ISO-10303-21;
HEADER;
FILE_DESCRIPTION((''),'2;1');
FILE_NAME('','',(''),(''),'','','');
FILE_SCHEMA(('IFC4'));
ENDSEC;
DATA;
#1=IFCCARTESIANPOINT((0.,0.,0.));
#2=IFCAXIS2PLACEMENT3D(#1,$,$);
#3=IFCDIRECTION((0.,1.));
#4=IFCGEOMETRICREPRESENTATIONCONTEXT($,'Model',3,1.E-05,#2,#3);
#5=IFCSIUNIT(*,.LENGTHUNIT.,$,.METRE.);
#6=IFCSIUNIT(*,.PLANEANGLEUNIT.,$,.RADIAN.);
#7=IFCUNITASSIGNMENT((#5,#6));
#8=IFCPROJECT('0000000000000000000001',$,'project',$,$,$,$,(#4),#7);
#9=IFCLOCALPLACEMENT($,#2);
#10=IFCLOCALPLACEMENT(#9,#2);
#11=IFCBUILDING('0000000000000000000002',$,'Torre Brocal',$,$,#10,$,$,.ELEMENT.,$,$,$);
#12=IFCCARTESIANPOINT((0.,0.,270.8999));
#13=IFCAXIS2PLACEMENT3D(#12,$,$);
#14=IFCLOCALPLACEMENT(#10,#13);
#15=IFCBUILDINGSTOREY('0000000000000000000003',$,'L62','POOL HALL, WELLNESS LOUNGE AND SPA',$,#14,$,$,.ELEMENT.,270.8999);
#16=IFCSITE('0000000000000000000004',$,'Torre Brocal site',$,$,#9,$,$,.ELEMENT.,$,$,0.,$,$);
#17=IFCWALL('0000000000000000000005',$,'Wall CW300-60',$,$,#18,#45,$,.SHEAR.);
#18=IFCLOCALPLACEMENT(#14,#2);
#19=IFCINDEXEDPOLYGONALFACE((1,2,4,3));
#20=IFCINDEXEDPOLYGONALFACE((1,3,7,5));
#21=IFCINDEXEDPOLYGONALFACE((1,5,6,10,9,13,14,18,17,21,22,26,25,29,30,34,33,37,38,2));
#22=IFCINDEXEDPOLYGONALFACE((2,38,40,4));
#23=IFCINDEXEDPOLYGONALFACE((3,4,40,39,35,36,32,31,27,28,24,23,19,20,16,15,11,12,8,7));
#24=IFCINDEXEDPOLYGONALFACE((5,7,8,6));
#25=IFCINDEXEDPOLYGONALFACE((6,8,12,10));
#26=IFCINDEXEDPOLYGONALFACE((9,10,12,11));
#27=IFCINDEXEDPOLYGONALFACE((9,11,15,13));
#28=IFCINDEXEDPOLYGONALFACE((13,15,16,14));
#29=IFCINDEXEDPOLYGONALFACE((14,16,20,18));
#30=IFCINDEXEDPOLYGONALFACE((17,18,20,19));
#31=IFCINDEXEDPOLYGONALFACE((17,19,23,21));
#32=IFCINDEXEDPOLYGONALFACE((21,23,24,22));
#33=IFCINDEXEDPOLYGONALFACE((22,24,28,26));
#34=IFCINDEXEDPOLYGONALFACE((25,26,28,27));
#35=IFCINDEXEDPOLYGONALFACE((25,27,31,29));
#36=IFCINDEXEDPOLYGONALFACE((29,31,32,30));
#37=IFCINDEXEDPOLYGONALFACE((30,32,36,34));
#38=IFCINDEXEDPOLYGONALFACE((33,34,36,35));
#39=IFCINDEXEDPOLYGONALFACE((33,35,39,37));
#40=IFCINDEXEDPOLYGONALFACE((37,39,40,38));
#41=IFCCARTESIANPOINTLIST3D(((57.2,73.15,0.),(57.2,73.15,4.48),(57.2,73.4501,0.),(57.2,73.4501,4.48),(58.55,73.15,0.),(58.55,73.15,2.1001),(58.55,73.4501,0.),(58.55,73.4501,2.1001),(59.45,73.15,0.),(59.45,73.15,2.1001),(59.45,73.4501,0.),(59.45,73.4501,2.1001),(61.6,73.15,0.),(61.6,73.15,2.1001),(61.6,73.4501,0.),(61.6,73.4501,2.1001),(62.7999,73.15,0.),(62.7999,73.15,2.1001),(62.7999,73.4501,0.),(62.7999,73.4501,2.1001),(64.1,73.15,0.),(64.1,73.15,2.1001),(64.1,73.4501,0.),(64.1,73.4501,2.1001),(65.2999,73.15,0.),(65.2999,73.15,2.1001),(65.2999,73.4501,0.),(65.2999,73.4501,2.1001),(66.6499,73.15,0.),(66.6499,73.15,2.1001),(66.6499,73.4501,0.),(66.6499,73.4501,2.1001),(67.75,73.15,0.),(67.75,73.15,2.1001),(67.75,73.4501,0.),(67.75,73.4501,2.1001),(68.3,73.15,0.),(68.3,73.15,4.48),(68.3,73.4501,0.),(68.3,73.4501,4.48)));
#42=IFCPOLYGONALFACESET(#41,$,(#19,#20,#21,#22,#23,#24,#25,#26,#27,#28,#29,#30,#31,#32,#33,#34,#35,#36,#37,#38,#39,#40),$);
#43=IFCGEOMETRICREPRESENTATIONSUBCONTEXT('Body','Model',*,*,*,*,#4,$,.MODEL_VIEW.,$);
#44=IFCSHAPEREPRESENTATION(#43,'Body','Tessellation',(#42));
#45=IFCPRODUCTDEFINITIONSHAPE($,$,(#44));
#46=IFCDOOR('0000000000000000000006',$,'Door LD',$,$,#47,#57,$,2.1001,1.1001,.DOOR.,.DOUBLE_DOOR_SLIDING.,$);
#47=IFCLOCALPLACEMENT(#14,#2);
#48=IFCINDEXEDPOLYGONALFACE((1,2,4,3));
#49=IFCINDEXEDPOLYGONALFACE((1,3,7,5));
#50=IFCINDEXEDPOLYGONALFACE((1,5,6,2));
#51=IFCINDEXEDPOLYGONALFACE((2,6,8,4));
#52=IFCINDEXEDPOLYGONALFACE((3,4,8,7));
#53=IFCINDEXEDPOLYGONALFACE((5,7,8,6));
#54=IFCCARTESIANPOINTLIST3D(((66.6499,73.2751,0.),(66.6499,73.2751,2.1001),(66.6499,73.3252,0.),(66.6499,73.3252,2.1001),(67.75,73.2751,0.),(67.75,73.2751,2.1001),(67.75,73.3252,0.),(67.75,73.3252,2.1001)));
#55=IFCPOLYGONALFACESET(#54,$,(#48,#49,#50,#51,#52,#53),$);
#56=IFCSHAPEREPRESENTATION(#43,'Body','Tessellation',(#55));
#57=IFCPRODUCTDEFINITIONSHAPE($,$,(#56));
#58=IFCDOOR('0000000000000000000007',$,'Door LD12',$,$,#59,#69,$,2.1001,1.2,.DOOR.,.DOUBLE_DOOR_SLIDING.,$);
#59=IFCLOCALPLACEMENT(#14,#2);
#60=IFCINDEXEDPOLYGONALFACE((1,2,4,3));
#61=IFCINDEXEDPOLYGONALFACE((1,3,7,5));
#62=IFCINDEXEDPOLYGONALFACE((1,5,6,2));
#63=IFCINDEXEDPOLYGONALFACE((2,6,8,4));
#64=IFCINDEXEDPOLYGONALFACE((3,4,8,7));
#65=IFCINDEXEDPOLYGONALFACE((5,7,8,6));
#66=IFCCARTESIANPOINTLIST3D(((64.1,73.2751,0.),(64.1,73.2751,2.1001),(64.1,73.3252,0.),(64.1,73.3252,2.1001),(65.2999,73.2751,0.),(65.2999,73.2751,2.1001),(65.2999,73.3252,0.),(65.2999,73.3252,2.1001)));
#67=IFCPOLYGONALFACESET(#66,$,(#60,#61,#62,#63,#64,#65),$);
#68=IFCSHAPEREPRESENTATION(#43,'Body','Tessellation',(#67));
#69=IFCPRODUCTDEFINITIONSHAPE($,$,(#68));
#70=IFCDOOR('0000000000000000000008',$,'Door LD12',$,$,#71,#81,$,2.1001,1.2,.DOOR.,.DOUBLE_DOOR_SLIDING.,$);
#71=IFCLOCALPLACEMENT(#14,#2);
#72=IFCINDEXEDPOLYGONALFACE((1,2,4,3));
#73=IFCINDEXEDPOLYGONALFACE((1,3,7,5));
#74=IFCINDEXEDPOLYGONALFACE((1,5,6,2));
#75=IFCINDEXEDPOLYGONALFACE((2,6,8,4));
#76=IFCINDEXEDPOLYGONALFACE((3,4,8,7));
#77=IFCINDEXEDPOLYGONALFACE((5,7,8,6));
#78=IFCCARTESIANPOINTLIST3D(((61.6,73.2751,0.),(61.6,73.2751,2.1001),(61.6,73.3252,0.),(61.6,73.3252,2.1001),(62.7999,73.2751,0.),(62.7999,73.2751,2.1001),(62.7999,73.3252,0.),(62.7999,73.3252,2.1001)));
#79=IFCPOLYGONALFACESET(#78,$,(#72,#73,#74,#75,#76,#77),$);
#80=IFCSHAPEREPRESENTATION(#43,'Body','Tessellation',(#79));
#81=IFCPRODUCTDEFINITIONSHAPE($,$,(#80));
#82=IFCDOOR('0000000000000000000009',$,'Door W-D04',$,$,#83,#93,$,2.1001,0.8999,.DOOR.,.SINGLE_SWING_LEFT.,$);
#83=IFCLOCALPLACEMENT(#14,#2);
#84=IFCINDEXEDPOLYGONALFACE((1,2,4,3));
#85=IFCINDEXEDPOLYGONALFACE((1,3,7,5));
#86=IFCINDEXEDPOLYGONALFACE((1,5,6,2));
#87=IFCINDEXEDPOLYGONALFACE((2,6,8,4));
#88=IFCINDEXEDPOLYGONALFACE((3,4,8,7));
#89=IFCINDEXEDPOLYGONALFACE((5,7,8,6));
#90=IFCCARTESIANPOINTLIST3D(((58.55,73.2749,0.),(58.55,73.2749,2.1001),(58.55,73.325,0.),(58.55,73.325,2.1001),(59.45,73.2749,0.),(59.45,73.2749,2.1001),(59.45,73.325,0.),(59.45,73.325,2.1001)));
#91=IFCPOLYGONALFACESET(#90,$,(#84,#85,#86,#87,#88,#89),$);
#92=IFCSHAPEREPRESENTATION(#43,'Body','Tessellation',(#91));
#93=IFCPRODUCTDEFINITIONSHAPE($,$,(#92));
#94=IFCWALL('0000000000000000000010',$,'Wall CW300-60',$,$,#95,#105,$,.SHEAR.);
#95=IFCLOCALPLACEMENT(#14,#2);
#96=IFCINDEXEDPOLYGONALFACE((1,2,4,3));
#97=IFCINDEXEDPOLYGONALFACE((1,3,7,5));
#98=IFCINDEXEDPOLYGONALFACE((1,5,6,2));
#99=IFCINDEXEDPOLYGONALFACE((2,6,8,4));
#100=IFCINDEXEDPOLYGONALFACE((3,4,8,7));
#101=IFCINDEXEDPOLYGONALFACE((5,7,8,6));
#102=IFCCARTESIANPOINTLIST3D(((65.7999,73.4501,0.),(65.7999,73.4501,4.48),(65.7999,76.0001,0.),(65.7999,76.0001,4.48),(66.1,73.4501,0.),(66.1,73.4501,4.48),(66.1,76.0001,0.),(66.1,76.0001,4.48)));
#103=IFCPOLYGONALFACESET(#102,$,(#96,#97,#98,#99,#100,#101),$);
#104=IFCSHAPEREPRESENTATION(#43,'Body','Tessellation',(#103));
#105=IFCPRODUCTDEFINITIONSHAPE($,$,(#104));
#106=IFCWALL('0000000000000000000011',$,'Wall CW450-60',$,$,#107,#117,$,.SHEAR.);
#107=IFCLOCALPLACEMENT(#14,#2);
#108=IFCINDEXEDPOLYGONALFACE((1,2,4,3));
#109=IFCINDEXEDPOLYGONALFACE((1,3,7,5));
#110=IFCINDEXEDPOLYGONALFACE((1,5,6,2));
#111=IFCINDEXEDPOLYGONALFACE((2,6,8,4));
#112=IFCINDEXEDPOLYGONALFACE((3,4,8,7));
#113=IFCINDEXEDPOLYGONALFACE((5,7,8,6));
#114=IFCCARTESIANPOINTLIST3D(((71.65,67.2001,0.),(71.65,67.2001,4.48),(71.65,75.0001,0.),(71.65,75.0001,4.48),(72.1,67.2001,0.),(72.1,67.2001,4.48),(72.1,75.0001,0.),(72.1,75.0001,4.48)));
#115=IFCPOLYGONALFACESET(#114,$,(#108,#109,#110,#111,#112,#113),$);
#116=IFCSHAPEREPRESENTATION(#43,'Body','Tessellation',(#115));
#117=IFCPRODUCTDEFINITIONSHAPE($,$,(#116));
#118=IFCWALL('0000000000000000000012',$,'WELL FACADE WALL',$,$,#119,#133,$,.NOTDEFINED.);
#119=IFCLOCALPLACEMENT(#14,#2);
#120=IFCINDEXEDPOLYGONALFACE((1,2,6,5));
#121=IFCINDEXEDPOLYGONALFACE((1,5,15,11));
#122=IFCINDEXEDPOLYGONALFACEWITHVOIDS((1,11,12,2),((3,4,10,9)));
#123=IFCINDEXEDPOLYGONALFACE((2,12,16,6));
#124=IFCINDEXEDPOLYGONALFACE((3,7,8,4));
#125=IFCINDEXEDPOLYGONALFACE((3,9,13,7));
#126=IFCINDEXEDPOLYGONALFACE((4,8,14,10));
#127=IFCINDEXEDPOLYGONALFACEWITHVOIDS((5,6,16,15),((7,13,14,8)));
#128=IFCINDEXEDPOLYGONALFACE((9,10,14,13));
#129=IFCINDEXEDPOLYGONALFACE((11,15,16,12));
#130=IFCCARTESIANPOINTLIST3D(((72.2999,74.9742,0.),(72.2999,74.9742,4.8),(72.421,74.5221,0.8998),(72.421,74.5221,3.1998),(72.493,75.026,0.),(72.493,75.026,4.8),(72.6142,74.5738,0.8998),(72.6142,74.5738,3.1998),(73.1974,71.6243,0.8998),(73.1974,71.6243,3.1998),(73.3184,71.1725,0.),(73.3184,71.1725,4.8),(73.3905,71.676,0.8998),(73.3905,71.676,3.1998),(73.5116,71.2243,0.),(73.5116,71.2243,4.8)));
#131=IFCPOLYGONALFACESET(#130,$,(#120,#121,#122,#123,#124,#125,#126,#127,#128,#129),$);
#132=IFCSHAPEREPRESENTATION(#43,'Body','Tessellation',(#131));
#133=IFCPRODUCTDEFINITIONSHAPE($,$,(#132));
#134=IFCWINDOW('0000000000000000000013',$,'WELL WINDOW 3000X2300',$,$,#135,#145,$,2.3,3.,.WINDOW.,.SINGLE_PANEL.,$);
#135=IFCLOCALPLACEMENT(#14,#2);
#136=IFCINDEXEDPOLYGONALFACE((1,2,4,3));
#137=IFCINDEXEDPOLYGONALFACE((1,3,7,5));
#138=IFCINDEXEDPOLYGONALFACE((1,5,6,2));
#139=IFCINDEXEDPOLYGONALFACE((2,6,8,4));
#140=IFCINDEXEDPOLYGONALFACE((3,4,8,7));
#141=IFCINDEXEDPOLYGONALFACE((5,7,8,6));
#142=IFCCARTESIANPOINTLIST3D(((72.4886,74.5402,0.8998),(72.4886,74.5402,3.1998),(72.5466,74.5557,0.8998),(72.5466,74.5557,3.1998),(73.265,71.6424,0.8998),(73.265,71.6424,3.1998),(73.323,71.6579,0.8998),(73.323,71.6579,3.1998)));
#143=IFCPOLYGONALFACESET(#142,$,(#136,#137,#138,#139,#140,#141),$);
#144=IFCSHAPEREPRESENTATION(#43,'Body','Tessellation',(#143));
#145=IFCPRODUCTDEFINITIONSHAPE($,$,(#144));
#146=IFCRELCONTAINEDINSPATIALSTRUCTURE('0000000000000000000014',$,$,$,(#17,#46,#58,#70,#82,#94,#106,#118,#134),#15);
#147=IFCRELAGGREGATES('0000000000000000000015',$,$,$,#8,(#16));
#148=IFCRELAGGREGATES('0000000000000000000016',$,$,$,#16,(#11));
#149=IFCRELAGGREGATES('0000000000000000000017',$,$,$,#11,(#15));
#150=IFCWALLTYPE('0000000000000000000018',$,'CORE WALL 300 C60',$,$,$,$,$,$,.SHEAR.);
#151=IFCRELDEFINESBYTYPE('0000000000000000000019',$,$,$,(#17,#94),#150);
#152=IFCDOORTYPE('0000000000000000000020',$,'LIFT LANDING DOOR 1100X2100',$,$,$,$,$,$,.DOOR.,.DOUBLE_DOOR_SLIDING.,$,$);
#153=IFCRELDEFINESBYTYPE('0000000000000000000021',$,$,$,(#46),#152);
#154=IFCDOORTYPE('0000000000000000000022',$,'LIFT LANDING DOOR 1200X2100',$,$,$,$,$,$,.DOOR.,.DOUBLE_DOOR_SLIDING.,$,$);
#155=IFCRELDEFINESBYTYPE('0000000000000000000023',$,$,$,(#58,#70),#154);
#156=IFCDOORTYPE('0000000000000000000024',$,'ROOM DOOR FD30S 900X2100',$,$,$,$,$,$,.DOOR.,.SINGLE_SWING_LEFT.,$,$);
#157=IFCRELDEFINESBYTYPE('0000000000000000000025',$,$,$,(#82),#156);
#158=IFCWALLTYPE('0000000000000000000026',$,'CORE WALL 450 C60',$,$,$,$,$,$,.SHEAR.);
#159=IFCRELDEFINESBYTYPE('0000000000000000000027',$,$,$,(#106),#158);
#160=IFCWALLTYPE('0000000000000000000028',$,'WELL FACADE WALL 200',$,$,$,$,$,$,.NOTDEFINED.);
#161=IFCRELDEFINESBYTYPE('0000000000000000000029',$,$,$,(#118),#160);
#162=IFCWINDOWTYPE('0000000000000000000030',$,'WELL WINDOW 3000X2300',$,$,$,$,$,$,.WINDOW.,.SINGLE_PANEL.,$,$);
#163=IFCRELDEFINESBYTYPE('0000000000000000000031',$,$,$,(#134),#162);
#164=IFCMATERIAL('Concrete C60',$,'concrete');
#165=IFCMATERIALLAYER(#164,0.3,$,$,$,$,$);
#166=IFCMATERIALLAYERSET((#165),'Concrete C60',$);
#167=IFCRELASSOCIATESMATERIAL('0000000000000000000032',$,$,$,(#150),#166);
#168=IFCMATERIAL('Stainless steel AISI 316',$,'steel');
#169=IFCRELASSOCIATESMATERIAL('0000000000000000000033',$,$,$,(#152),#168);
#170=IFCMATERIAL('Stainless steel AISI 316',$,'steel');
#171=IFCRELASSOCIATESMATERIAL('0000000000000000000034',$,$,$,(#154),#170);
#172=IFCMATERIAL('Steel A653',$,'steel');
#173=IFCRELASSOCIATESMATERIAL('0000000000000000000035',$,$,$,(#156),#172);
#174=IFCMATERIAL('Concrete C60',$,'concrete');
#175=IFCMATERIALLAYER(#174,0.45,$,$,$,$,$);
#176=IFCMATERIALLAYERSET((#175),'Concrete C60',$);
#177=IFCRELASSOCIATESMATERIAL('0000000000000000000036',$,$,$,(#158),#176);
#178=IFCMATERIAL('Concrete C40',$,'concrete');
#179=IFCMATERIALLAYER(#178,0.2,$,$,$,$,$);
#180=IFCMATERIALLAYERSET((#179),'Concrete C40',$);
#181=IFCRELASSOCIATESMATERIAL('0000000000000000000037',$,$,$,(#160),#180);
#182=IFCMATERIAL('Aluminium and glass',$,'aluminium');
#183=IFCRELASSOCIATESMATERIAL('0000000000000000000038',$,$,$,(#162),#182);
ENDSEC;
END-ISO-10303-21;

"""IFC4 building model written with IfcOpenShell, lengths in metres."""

from ifc_helpers import new_model, si_unit, direction, frame, frame_2d, origin, place, context, subcontext, project, spatial, rectangle, extrude, material, layer, layer_set, type_object, element, fill, save


model = new_model("IFC4")

# Units and contexts
model_context = context("Model", 3, precision=1e-05, world=origin(), true_north=direction((0.0, 1.0)))
body_context = subcontext(model_context, "Body", "Model", "MODEL_VIEW")
ifc_project = project(units=[si_unit("LENGTHUNIT", "METRE"), si_unit("PLANEANGLEUNIT", "RADIAN")], contexts=[model_context])

# Site, building, storey
site_placement = place(None, origin())
site = spatial("IfcSite", under=ifc_project, at=site_placement, Name="Torre Brocal site", CompositionType="ELEMENT", RefElevation=0.0)
building_placement = place(site_placement, origin())
building = spatial("IfcBuilding", under=site, at=building_placement, Name="Torre Brocal", CompositionType="ELEMENT")
storey_placement = place(building_placement, frame((0.0, 0.0, 270.8999)))
storey = spatial("IfcBuildingStorey", under=building, at=storey_placement, Name="L62", Description="POOL HALL, WELLNESS LOUNGE AND SPA", CompositionType="ELEMENT", Elevation=270.8999)

# Shared definitions
ifc_material_1 = material(Name="Concrete C60", Category="concrete")
ifc_layer_1 = layer(ifc_material_1, 0.3)
ifc_layer_set_1 = layer_set([ifc_layer_1], Name="Concrete C60")
wall_type_1 = type_object("IfcWallType", Name="CORE WALL 300 C60", PredefinedType="SHEAR", material=ifc_layer_set_1)

# Wall, openings, doors
wall_1_placement = place(storey_placement, frame((68.3, 73.3, 0.0), z_axis=(0.0, 0.0, 1.0), x_axis=(-1.0, 0.0, 0.0)))
wall_1 = element("IfcWall", 1, at=wall_1_placement, inside=storey, type_object=wall_type_1, Name="Wall CW300-60", PredefinedType="SHEAR", context=body_context, shape_type="SweptSolid", body=[
    extrude(rectangle(XDim=11.1001, YDim=0.3, at=frame_2d((5.55, 0.0))), origin(), (0.0, 0.0, 1.0), 4.48),
])
opening_1_placement = place(wall_1_placement, frame((0.55, 0.0, 0.0)))
opening_1 = element("IfcOpeningElement", 2, at=opening_1_placement, cuts=wall_1, PredefinedType="OPENING", context=body_context, shape_type="SweptSolid", body=[
    extrude(rectangle(XDim=1.1001, YDim=2.1001, at=frame_2d((0.55, 1.05))), frame((0.0, 0.1599, 0.0), z_axis=(0.0, -1.0, 0.0), x_axis=(1.0, 0.0, 0.0)), (0.0, 0.0, 1.0), 0.3201),
])
opening_2_placement = place(wall_1_placement, frame((3.0, 0.0, 0.0)))
opening_2 = element("IfcOpeningElement", 3, at=opening_2_placement, cuts=wall_1, PredefinedType="OPENING", context=body_context, shape_type="SweptSolid", body=[
    extrude(rectangle(XDim=1.2, YDim=2.1001, at=frame_2d((0.6001, 1.05))), frame((0.0, 0.1599, 0.0), z_axis=(0.0, -1.0, 0.0), x_axis=(1.0, 0.0, 0.0)), (0.0, 0.0, 1.0), 0.3201),
])
opening_3_placement = place(wall_1_placement, frame((5.5, 0.0, 0.0)))
opening_3 = element("IfcOpeningElement", 4, at=opening_3_placement, cuts=wall_1, PredefinedType="OPENING", context=body_context, shape_type="SweptSolid", body=[
    extrude(rectangle(XDim=1.2, YDim=2.1001, at=frame_2d((0.6001, 1.05))), frame((0.0, 0.1599, 0.0), z_axis=(0.0, -1.0, 0.0), x_axis=(1.0, 0.0, 0.0)), (0.0, 0.0, 1.0), 0.3201),
])
opening_4_placement = place(wall_1_placement, frame((8.8501, 0.0, 0.0)))
opening_4 = element("IfcOpeningElement", 5, at=opening_4_placement, cuts=wall_1, PredefinedType="OPENING", context=body_context, shape_type="SweptSolid", body=[
    extrude(rectangle(XDim=0.8999, YDim=2.1001, at=frame_2d((0.45, 1.05))), frame((0.0, 0.1599, 0.0), z_axis=(0.0, -1.0, 0.0), x_axis=(1.0, 0.0, 0.0)), (0.0, 0.0, 1.0), 0.3201),
])
ifc_material_2 = material(Name="Stainless steel AISI 316", Category="steel")
door_type_1 = type_object("IfcDoorType", Name="LIFT LANDING DOOR 1100X2100", OperationType="DOUBLE_DOOR_SLIDING", PredefinedType="DOOR", material=ifc_material_2)
door_1_placement = place(opening_1_placement, origin())
door_1 = element("IfcDoor", 6, at=door_1_placement, inside=storey, type_object=door_type_1, Name="Door LD", OperationType="DOUBLE_DOOR_SLIDING", OverallHeight=2.1001, OverallWidth=1.1001, PredefinedType="DOOR", context=body_context, shape_type="SweptSolid", body=[
    extrude(rectangle(XDim=1.1001, YDim=2.1001, at=frame_2d((0.55, 1.05))), frame((0.0, 0.0249, 0.0), z_axis=(0.0, -1.0, 0.0), x_axis=(1.0, 0.0, 0.0)), (0.0, 0.0, 1.0), 0.05),
])
fill(opening_1, door_1)
ifc_material_3 = material(Name="Stainless steel AISI 316", Category="steel")
door_type_2 = type_object("IfcDoorType", Name="LIFT LANDING DOOR 1200X2100", OperationType="DOUBLE_DOOR_SLIDING", PredefinedType="DOOR", material=ifc_material_3)
door_2_placement = place(opening_2_placement, origin())
door_2 = element("IfcDoor", 7, at=door_2_placement, inside=storey, type_object=door_type_2, Name="Door LD12", OperationType="DOUBLE_DOOR_SLIDING", OverallHeight=2.1001, OverallWidth=1.2, PredefinedType="DOOR", context=body_context, shape_type="SweptSolid", body=[
    extrude(rectangle(XDim=1.2, YDim=2.1001, at=frame_2d((0.6001, 1.05))), frame((0.0, 0.0249, 0.0), z_axis=(0.0, -1.0, 0.0), x_axis=(1.0, 0.0, 0.0)), (0.0, 0.0, 1.0), 0.05),
])
fill(opening_2, door_2)
door_3_placement = place(opening_3_placement, origin())
door_3 = element("IfcDoor", 8, at=door_3_placement, inside=storey, type_object=door_type_2, Name="Door LD12", OperationType="DOUBLE_DOOR_SLIDING", OverallHeight=2.1001, OverallWidth=1.2, PredefinedType="DOOR", context=body_context, shape_type="SweptSolid", body=[
    extrude(rectangle(XDim=1.2, YDim=2.1001, at=frame_2d((0.6001, 1.05))), frame((0.0, 0.0249, 0.0), z_axis=(0.0, -1.0, 0.0), x_axis=(1.0, 0.0, 0.0)), (0.0, 0.0, 1.0), 0.05),
])
fill(opening_3, door_3)
ifc_material_4 = material(Name="Steel A653", Category="steel")
door_type_3 = type_object("IfcDoorType", Name="ROOM DOOR FD30S 900X2100", OperationType="SINGLE_SWING_LEFT", PredefinedType="DOOR", material=ifc_material_4)
door_4_placement = place(opening_4_placement, frame((0.8999, 0.0, 0.0), z_axis=(0.0, 0.0, 1.0), x_axis=(-1.0, 0.0, 0.0)))
door_4 = element("IfcDoor", 9, at=door_4_placement, inside=storey, type_object=door_type_3, Name="Door W-D04", OperationType="SINGLE_SWING_LEFT", OverallHeight=2.1001, OverallWidth=0.8999, PredefinedType="DOOR", context=body_context, shape_type="SweptSolid", body=[
    extrude(rectangle(XDim=0.8999, YDim=2.1001, at=frame_2d((0.45, 1.05))), frame((0.0, 0.0249, 0.0), z_axis=(0.0, -1.0, 0.0), x_axis=(1.0, 0.0, 0.0)), (0.0, 0.0, 1.0), 0.05),
])
fill(opening_4, door_4)

# Walls
wall_2_placement = place(storey_placement, frame((65.95, 76.0, 0.0), z_axis=(0.0, 0.0, 1.0), x_axis=(0.0, -1.0, 0.0)))
element("IfcWall", 10, at=wall_2_placement, inside=storey, type_object=wall_type_1, Name="Wall CW300-60", PredefinedType="SHEAR", context=body_context, shape_type="SweptSolid", body=[
    extrude(rectangle(XDim=2.55, YDim=0.3, at=frame_2d((1.2749, 0.0))), origin(), (0.0, 0.0, 1.0), 4.48),
])
ifc_material_5 = material(Name="Concrete C60", Category="concrete")
ifc_layer_2 = layer(ifc_material_5, 0.45)
ifc_layer_set_2 = layer_set([ifc_layer_2], Name="Concrete C60")
wall_type_2 = type_object("IfcWallType", Name="CORE WALL 450 C60", PredefinedType="SHEAR", material=ifc_layer_set_2)
wall_3_placement = place(storey_placement, frame((71.875, 75.0, 0.0), z_axis=(0.0, 0.0, 1.0), x_axis=(0.0, -1.0, 0.0)))
element("IfcWall", 11, at=wall_3_placement, inside=storey, type_object=wall_type_2, Name="Wall CW450-60", PredefinedType="SHEAR", context=body_context, shape_type="SweptSolid", body=[
    extrude(rectangle(XDim=7.8, YDim=0.45, at=frame_2d((3.8999, 0.0))), origin(), (0.0, 0.0, 1.0), 4.48),
])

# Wall, opening, window
ifc_material_6 = material(Name="Concrete C40", Category="concrete")
ifc_layer_3 = layer(ifc_material_6, 0.2)
ifc_layer_set_3 = layer_set([ifc_layer_3], Name="Concrete C40")
wall_type_3 = type_object("IfcWallType", Name="WELL FACADE WALL 200", PredefinedType="NOTDEFINED", material=ifc_layer_set_3)
wall_4_placement = place(storey_placement, frame((72.3965, 75.0, 0.0), z_axis=(0.0, 0.0, 1.0), x_axis=(0.25879, -0.965934, 0.0)))
wall_4 = element("IfcWall", 12, at=wall_4_placement, inside=storey, type_object=wall_type_3, Name="WELL FACADE WALL", PredefinedType="NOTDEFINED", context=body_context, shape_type="SweptSolid", body=[
    extrude(rectangle(XDim=3.9358, YDim=0.2, at=frame_2d((1.9678, 0.0))), origin(), (0.0, 0.0, 1.0), 4.8),
])
opening_5_placement = place(wall_4_placement, frame((0.468, 0.0, 0.8999)))
opening_5 = element("IfcOpeningElement", 13, at=opening_5_placement, cuts=wall_4, PredefinedType="OPENING", context=body_context, shape_type="SweptSolid", body=[
    extrude(rectangle(XDim=3.0, YDim=2.3, at=frame_2d((1.5, 1.1499))), frame((0.0, 0.1099, 0.0), z_axis=(0.0, -1.0, 0.0), x_axis=(1.0, 0.0, 0.0)), (0.0, 0.0, 1.0), 0.22),
])
ifc_material_7 = material(Name="Aluminium and glass", Category="aluminium")
window_type = type_object("IfcWindowType", Name="WELL WINDOW 3000X2300", PartitioningType="SINGLE_PANEL", PredefinedType="WINDOW", material=ifc_material_7)
window_1_placement = place(opening_5_placement, origin())
window_1 = element("IfcWindow", 14, at=window_1_placement, inside=storey, type_object=window_type, Name="WELL WINDOW 3000X2300", OverallHeight=2.3, OverallWidth=3.0, PartitioningType="SINGLE_PANEL", PredefinedType="WINDOW", context=body_context, shape_type="SweptSolid", body=[
    extrude(rectangle(XDim=3.0, YDim=2.3, at=frame_2d((1.5, 1.1499))), frame((0.0, 0.03, 0.0), z_axis=(0.0, -1.0, 0.0), x_axis=(1.0, 0.0, 0.0)), (0.0, 0.0, 1.0), 0.0601),
])
fill(opening_5, window_1)

save(model, "model.ifc")
